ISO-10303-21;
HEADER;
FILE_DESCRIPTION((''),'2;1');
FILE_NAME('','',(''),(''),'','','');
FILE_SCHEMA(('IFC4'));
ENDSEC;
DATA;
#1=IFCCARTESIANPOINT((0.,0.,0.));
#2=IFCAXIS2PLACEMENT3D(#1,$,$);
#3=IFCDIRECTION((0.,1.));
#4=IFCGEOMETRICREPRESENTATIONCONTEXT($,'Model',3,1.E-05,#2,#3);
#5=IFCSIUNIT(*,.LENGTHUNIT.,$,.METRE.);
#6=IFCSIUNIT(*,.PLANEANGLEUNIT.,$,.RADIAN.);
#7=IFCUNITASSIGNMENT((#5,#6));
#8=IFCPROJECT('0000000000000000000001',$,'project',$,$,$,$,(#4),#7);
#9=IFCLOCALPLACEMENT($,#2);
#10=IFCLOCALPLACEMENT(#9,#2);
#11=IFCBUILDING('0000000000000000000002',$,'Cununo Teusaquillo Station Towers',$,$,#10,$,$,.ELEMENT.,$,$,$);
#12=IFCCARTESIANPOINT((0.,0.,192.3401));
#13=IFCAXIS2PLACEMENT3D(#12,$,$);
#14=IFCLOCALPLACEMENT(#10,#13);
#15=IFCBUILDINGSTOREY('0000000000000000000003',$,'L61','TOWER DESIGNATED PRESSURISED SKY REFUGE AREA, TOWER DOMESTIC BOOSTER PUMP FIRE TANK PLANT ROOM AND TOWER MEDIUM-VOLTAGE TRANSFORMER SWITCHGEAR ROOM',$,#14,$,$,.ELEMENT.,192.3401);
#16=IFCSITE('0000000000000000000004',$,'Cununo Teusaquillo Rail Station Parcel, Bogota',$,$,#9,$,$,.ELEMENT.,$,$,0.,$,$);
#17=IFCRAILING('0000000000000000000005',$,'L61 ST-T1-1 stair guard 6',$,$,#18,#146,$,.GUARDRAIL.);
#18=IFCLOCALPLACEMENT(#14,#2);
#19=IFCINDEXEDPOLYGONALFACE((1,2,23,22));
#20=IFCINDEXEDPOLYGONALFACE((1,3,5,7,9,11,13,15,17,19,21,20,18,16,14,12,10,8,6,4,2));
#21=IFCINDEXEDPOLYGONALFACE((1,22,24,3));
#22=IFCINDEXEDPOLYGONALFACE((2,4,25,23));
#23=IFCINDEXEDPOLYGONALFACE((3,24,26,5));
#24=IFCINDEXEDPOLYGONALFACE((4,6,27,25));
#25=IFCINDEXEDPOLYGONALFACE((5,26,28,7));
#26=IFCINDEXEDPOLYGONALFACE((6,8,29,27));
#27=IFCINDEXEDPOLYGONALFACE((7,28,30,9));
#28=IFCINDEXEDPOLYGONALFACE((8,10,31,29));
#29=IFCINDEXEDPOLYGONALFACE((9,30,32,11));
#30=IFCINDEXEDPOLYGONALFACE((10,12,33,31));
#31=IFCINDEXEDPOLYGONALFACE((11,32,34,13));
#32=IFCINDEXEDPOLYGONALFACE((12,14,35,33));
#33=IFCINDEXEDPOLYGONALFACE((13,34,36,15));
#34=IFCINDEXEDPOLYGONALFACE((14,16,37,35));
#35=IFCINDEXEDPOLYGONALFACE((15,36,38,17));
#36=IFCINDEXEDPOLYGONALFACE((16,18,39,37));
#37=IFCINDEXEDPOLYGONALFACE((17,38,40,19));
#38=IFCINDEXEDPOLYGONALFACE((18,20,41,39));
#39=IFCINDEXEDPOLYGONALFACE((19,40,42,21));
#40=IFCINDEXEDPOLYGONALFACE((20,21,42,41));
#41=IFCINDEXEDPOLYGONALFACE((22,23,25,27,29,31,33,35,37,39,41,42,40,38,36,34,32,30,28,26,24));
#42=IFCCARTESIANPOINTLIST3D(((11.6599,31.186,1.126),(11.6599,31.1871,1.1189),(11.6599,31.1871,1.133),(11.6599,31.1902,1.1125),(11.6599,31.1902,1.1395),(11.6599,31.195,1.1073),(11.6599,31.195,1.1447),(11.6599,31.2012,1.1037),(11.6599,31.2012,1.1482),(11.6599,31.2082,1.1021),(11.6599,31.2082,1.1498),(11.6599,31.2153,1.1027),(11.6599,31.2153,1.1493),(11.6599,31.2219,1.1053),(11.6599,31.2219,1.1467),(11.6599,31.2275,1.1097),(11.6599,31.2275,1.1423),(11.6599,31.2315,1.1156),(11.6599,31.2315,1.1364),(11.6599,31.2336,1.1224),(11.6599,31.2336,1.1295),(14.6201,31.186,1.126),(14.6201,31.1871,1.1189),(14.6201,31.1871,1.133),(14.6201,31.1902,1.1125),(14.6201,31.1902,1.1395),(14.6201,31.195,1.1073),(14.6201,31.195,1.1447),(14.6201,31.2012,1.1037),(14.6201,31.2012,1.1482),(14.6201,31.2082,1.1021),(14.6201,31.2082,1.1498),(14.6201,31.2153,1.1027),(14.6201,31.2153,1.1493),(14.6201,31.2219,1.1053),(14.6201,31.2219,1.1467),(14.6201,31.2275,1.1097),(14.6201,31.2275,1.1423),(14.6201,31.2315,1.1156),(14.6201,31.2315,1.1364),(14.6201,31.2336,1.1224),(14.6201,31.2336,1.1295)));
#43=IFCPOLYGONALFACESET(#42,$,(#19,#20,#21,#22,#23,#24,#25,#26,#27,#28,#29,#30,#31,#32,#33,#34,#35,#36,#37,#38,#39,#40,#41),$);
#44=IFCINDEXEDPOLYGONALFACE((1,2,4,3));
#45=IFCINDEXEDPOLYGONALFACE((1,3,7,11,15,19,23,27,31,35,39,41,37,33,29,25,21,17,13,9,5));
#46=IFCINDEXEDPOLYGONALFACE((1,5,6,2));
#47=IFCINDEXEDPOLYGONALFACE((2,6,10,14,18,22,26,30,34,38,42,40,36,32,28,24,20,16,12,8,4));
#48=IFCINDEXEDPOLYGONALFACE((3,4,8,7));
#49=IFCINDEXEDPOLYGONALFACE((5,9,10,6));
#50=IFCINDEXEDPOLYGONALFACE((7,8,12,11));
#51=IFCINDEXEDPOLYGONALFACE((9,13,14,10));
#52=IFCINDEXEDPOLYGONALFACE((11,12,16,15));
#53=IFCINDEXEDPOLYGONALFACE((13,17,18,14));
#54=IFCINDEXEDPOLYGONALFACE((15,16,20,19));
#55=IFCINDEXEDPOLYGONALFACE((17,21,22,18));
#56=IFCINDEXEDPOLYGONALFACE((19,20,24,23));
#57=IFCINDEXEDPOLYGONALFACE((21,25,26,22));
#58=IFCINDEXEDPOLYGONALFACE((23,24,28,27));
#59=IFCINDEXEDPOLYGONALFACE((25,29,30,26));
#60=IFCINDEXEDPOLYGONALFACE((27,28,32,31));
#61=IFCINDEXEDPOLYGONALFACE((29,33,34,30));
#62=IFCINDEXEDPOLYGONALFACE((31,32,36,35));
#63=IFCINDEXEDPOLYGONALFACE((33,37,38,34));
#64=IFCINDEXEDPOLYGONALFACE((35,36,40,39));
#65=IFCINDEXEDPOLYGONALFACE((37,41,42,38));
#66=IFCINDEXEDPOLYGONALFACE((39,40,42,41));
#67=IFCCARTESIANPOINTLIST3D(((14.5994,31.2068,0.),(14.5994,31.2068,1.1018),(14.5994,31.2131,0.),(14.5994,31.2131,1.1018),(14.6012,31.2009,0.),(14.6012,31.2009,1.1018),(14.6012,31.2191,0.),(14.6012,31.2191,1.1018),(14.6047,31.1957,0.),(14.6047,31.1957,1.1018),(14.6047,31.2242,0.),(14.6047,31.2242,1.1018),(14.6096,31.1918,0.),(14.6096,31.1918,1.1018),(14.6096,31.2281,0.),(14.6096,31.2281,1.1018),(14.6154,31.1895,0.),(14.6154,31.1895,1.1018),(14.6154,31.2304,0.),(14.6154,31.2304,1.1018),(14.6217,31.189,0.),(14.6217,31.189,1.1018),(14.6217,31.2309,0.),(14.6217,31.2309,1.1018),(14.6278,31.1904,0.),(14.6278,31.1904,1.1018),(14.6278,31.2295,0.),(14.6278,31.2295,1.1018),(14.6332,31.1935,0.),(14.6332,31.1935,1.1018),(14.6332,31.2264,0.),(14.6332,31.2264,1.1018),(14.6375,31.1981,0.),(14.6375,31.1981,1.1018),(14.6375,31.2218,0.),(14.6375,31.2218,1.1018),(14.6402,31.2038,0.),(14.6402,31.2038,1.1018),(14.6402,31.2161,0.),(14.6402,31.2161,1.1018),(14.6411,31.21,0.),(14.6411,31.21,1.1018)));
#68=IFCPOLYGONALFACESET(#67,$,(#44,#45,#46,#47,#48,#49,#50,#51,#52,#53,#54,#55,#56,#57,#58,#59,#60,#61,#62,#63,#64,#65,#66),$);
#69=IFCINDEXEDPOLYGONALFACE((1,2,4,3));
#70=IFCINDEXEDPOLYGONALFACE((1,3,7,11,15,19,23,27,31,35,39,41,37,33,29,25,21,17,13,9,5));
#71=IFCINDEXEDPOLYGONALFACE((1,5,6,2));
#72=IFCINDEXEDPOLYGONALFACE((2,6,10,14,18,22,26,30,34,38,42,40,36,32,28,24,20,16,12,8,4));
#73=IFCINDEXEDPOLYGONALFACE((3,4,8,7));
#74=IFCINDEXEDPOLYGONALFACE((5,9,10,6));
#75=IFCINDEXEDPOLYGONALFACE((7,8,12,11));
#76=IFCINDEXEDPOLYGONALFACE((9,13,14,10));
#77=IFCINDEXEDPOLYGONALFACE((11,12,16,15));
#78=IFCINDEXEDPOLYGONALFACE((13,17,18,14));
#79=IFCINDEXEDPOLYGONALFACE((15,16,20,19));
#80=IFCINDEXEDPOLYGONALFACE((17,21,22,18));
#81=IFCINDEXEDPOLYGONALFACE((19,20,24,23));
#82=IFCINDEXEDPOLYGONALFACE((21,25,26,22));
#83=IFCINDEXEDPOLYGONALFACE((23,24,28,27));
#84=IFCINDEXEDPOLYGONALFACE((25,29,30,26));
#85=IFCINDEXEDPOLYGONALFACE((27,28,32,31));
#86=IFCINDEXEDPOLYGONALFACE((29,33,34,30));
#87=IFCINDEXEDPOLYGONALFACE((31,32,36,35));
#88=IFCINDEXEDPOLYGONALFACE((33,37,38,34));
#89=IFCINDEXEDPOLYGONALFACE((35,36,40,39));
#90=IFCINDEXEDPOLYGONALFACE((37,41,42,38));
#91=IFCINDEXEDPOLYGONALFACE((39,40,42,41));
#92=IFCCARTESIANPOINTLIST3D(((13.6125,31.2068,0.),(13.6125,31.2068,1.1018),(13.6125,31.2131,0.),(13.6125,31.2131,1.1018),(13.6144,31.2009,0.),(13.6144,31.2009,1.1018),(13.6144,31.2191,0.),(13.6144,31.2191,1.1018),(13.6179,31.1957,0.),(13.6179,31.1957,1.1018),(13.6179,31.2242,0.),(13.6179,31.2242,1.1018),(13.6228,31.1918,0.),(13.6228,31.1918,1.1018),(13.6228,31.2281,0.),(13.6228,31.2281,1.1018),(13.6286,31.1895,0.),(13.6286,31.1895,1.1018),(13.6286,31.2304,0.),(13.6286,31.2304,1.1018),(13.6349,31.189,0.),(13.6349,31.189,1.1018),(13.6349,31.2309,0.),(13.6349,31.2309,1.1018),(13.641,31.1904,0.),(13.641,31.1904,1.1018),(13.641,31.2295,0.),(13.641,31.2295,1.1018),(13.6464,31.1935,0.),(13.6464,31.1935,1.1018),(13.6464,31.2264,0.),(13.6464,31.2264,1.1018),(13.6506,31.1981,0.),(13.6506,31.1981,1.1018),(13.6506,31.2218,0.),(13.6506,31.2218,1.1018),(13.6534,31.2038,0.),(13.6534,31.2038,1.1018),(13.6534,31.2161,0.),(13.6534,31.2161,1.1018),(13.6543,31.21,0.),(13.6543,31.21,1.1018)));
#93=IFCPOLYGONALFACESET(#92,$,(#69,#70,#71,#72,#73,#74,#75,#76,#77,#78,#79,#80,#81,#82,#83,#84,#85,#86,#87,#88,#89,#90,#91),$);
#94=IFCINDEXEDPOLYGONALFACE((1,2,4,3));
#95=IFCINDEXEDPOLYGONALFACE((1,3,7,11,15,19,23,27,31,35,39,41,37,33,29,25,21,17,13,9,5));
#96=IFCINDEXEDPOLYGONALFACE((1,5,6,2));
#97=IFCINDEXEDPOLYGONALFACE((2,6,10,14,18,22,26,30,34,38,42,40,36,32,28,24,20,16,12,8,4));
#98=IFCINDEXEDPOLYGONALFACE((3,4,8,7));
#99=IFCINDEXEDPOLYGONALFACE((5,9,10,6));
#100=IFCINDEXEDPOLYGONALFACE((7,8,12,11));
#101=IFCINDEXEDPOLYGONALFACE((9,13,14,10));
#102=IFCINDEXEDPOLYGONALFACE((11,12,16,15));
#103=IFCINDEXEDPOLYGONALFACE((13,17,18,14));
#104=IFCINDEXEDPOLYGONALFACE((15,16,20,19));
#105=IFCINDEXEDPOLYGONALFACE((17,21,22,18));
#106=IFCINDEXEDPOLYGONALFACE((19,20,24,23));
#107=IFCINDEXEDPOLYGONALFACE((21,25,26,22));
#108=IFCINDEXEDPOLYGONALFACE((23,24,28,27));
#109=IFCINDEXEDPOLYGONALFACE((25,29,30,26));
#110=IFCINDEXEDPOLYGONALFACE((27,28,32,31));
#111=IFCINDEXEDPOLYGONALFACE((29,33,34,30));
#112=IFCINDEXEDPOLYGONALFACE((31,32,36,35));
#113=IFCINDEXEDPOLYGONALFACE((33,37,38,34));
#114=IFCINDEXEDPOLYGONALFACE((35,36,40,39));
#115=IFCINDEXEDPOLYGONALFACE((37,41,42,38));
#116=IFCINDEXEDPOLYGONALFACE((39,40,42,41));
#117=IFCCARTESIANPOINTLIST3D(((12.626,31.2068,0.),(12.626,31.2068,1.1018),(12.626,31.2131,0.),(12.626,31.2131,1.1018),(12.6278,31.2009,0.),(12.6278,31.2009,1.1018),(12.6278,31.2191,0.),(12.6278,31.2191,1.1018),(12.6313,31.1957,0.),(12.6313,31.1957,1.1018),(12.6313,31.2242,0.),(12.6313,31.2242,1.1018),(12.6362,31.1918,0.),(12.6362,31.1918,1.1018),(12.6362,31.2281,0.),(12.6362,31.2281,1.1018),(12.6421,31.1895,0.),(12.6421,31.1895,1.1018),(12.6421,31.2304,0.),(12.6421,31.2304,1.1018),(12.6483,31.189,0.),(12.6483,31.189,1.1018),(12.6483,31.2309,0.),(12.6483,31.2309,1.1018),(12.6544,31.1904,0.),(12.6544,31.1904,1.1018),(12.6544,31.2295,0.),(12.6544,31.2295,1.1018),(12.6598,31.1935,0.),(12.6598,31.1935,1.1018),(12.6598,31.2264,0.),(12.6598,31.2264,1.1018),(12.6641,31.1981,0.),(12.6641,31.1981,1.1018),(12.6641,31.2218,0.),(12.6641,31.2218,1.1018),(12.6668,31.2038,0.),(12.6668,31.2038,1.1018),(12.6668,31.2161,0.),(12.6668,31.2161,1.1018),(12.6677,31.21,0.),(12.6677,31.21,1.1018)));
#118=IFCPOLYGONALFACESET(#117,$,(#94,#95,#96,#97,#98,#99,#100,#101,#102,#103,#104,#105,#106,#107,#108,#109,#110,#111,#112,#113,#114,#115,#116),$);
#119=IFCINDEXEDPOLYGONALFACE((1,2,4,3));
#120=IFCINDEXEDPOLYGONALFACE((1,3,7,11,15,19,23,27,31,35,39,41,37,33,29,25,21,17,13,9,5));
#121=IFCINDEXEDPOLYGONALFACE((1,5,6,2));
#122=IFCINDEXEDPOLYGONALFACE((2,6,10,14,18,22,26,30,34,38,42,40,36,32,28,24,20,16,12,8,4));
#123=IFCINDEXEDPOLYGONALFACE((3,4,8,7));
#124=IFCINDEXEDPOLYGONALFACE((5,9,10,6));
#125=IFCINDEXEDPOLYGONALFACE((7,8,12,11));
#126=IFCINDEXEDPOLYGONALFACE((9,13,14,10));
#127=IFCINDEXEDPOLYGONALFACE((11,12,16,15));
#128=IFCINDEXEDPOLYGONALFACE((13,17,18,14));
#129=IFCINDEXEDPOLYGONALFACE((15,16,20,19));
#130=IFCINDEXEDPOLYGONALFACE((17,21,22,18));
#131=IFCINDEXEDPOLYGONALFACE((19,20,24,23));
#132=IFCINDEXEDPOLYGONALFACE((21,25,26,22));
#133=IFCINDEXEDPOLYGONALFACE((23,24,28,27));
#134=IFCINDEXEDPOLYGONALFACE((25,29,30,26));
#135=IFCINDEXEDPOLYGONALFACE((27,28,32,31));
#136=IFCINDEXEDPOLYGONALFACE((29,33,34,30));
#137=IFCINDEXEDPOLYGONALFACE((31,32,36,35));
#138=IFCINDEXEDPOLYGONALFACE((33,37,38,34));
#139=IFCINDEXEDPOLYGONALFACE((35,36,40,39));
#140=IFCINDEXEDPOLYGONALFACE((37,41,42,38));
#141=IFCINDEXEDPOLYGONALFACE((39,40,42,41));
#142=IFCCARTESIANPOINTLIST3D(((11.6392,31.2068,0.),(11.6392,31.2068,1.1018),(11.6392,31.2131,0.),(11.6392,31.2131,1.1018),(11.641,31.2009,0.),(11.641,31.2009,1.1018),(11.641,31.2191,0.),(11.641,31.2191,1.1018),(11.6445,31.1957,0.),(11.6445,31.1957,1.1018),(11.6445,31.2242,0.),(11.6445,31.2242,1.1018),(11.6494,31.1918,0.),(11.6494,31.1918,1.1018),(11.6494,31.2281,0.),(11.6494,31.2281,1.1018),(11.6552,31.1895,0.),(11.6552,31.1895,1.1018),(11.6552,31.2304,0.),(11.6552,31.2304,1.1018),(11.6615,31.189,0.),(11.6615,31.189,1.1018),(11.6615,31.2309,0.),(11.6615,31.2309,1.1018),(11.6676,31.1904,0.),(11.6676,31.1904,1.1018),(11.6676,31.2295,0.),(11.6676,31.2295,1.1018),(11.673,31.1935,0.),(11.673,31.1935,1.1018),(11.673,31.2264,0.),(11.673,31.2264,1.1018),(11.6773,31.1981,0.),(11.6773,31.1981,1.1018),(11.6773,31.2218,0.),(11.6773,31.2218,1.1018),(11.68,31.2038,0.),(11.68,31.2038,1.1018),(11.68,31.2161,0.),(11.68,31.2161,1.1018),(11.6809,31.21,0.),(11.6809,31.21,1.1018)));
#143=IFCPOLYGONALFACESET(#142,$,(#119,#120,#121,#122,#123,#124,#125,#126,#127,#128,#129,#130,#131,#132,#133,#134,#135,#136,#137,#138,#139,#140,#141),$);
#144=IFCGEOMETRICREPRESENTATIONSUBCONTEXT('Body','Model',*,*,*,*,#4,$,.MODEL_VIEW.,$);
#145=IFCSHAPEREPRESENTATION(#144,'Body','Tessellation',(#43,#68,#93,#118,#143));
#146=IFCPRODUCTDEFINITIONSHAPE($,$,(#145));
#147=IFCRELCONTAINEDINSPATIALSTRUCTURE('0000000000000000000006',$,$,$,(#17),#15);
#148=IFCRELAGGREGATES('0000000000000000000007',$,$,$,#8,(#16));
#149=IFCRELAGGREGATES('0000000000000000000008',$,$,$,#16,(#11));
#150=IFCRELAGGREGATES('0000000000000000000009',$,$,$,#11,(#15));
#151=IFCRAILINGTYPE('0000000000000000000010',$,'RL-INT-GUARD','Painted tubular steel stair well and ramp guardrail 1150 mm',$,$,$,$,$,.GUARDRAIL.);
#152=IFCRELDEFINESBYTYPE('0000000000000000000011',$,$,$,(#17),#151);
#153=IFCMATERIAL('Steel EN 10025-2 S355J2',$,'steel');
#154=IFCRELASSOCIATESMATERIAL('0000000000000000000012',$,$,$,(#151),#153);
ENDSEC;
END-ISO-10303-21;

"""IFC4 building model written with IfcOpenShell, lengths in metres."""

from ifc_helpers import new_model, si_unit, direction, frame, origin, origin_2d, place, context, subcontext, project, spatial, circle, extrude, material, type_object, element, save


model = new_model("IFC4")

# Units and contexts
model_context = context("Model", 3, precision=1e-05, world=origin(), true_north=direction((0.0, 1.0)))
body_context = subcontext(model_context, "Body", "Model", "MODEL_VIEW")
ifc_project = project(units=[si_unit("LENGTHUNIT", "METRE"), si_unit("PLANEANGLEUNIT", "RADIAN")], contexts=[model_context])

# Site, building, storey
site_placement = place(None, origin())
site = spatial("IfcSite", under=ifc_project, at=site_placement, Name="Cununo Teusaquillo Rail Station Parcel, Bogota", CompositionType="ELEMENT", RefElevation=0.0)
building_placement = place(site_placement, origin())
building = spatial("IfcBuilding", under=site, at=building_placement, Name="Cununo Teusaquillo Station Towers", CompositionType="ELEMENT")
storey_placement = place(building_placement, frame((0.0, 0.0, 192.3401)))
storey = spatial("IfcBuildingStorey", under=building, at=storey_placement, Name="L61", Description="TOWER DESIGNATED PRESSURISED SKY REFUGE AREA, TOWER DOMESTIC BOOSTER PUMP FIRE TANK PLANT ROOM AND TOWER MEDIUM-VOLTAGE TRANSFORMER SWITCHGEAR ROOM", CompositionType="ELEMENT", Elevation=192.3401)

# Railing
ifc_material_1 = material(Name="Steel EN 10025-2 S355J2", Category="steel")
railing_type = type_object("IfcRailingType", Name="RL-INT-GUARD", Description="Painted tubular steel stair well and ramp guardrail 1150 mm", PredefinedType="GUARDRAIL", material=ifc_material_1)
railing_1_placement = place(storey_placement, frame((14.6201, 31.21, 0.0)))
element("IfcRailing", 1, at=railing_1_placement, inside=storey, type_object=railing_type, Name="L61 ST-T1-1 stair guard 6", PredefinedType="GUARDRAIL", context=body_context, shape_type="SweptSolid", body=[
    extrude(circle(Radius=0.0239, at=origin_2d()), frame((0.0, 0.0, 1.126), z_axis=(-1.0, 0.0, 0.0), x_axis=(0.0, -1.0, 0.0)), (0.0, 0.0, 1.0), 2.9602),
    extrude(circle(Radius=0.021, at=origin_2d()), origin(), (0.0, 0.0, 1.0), 1.1018),
    extrude(circle(Radius=0.021, at=origin_2d()), frame((-0.9868, 0.0, 0.0)), (0.0, 0.0, 1.0), 1.1018),
    extrude(circle(Radius=0.021, at=origin_2d()), frame((-1.9734, 0.0, 0.0)), (0.0, 0.0, 1.0), 1.1018),
    extrude(circle(Radius=0.021, at=origin_2d()), frame((-2.9602, 0.0, 0.0)), (0.0, 0.0, 1.0), 1.1018),
])

save(model, "model.ifc")
